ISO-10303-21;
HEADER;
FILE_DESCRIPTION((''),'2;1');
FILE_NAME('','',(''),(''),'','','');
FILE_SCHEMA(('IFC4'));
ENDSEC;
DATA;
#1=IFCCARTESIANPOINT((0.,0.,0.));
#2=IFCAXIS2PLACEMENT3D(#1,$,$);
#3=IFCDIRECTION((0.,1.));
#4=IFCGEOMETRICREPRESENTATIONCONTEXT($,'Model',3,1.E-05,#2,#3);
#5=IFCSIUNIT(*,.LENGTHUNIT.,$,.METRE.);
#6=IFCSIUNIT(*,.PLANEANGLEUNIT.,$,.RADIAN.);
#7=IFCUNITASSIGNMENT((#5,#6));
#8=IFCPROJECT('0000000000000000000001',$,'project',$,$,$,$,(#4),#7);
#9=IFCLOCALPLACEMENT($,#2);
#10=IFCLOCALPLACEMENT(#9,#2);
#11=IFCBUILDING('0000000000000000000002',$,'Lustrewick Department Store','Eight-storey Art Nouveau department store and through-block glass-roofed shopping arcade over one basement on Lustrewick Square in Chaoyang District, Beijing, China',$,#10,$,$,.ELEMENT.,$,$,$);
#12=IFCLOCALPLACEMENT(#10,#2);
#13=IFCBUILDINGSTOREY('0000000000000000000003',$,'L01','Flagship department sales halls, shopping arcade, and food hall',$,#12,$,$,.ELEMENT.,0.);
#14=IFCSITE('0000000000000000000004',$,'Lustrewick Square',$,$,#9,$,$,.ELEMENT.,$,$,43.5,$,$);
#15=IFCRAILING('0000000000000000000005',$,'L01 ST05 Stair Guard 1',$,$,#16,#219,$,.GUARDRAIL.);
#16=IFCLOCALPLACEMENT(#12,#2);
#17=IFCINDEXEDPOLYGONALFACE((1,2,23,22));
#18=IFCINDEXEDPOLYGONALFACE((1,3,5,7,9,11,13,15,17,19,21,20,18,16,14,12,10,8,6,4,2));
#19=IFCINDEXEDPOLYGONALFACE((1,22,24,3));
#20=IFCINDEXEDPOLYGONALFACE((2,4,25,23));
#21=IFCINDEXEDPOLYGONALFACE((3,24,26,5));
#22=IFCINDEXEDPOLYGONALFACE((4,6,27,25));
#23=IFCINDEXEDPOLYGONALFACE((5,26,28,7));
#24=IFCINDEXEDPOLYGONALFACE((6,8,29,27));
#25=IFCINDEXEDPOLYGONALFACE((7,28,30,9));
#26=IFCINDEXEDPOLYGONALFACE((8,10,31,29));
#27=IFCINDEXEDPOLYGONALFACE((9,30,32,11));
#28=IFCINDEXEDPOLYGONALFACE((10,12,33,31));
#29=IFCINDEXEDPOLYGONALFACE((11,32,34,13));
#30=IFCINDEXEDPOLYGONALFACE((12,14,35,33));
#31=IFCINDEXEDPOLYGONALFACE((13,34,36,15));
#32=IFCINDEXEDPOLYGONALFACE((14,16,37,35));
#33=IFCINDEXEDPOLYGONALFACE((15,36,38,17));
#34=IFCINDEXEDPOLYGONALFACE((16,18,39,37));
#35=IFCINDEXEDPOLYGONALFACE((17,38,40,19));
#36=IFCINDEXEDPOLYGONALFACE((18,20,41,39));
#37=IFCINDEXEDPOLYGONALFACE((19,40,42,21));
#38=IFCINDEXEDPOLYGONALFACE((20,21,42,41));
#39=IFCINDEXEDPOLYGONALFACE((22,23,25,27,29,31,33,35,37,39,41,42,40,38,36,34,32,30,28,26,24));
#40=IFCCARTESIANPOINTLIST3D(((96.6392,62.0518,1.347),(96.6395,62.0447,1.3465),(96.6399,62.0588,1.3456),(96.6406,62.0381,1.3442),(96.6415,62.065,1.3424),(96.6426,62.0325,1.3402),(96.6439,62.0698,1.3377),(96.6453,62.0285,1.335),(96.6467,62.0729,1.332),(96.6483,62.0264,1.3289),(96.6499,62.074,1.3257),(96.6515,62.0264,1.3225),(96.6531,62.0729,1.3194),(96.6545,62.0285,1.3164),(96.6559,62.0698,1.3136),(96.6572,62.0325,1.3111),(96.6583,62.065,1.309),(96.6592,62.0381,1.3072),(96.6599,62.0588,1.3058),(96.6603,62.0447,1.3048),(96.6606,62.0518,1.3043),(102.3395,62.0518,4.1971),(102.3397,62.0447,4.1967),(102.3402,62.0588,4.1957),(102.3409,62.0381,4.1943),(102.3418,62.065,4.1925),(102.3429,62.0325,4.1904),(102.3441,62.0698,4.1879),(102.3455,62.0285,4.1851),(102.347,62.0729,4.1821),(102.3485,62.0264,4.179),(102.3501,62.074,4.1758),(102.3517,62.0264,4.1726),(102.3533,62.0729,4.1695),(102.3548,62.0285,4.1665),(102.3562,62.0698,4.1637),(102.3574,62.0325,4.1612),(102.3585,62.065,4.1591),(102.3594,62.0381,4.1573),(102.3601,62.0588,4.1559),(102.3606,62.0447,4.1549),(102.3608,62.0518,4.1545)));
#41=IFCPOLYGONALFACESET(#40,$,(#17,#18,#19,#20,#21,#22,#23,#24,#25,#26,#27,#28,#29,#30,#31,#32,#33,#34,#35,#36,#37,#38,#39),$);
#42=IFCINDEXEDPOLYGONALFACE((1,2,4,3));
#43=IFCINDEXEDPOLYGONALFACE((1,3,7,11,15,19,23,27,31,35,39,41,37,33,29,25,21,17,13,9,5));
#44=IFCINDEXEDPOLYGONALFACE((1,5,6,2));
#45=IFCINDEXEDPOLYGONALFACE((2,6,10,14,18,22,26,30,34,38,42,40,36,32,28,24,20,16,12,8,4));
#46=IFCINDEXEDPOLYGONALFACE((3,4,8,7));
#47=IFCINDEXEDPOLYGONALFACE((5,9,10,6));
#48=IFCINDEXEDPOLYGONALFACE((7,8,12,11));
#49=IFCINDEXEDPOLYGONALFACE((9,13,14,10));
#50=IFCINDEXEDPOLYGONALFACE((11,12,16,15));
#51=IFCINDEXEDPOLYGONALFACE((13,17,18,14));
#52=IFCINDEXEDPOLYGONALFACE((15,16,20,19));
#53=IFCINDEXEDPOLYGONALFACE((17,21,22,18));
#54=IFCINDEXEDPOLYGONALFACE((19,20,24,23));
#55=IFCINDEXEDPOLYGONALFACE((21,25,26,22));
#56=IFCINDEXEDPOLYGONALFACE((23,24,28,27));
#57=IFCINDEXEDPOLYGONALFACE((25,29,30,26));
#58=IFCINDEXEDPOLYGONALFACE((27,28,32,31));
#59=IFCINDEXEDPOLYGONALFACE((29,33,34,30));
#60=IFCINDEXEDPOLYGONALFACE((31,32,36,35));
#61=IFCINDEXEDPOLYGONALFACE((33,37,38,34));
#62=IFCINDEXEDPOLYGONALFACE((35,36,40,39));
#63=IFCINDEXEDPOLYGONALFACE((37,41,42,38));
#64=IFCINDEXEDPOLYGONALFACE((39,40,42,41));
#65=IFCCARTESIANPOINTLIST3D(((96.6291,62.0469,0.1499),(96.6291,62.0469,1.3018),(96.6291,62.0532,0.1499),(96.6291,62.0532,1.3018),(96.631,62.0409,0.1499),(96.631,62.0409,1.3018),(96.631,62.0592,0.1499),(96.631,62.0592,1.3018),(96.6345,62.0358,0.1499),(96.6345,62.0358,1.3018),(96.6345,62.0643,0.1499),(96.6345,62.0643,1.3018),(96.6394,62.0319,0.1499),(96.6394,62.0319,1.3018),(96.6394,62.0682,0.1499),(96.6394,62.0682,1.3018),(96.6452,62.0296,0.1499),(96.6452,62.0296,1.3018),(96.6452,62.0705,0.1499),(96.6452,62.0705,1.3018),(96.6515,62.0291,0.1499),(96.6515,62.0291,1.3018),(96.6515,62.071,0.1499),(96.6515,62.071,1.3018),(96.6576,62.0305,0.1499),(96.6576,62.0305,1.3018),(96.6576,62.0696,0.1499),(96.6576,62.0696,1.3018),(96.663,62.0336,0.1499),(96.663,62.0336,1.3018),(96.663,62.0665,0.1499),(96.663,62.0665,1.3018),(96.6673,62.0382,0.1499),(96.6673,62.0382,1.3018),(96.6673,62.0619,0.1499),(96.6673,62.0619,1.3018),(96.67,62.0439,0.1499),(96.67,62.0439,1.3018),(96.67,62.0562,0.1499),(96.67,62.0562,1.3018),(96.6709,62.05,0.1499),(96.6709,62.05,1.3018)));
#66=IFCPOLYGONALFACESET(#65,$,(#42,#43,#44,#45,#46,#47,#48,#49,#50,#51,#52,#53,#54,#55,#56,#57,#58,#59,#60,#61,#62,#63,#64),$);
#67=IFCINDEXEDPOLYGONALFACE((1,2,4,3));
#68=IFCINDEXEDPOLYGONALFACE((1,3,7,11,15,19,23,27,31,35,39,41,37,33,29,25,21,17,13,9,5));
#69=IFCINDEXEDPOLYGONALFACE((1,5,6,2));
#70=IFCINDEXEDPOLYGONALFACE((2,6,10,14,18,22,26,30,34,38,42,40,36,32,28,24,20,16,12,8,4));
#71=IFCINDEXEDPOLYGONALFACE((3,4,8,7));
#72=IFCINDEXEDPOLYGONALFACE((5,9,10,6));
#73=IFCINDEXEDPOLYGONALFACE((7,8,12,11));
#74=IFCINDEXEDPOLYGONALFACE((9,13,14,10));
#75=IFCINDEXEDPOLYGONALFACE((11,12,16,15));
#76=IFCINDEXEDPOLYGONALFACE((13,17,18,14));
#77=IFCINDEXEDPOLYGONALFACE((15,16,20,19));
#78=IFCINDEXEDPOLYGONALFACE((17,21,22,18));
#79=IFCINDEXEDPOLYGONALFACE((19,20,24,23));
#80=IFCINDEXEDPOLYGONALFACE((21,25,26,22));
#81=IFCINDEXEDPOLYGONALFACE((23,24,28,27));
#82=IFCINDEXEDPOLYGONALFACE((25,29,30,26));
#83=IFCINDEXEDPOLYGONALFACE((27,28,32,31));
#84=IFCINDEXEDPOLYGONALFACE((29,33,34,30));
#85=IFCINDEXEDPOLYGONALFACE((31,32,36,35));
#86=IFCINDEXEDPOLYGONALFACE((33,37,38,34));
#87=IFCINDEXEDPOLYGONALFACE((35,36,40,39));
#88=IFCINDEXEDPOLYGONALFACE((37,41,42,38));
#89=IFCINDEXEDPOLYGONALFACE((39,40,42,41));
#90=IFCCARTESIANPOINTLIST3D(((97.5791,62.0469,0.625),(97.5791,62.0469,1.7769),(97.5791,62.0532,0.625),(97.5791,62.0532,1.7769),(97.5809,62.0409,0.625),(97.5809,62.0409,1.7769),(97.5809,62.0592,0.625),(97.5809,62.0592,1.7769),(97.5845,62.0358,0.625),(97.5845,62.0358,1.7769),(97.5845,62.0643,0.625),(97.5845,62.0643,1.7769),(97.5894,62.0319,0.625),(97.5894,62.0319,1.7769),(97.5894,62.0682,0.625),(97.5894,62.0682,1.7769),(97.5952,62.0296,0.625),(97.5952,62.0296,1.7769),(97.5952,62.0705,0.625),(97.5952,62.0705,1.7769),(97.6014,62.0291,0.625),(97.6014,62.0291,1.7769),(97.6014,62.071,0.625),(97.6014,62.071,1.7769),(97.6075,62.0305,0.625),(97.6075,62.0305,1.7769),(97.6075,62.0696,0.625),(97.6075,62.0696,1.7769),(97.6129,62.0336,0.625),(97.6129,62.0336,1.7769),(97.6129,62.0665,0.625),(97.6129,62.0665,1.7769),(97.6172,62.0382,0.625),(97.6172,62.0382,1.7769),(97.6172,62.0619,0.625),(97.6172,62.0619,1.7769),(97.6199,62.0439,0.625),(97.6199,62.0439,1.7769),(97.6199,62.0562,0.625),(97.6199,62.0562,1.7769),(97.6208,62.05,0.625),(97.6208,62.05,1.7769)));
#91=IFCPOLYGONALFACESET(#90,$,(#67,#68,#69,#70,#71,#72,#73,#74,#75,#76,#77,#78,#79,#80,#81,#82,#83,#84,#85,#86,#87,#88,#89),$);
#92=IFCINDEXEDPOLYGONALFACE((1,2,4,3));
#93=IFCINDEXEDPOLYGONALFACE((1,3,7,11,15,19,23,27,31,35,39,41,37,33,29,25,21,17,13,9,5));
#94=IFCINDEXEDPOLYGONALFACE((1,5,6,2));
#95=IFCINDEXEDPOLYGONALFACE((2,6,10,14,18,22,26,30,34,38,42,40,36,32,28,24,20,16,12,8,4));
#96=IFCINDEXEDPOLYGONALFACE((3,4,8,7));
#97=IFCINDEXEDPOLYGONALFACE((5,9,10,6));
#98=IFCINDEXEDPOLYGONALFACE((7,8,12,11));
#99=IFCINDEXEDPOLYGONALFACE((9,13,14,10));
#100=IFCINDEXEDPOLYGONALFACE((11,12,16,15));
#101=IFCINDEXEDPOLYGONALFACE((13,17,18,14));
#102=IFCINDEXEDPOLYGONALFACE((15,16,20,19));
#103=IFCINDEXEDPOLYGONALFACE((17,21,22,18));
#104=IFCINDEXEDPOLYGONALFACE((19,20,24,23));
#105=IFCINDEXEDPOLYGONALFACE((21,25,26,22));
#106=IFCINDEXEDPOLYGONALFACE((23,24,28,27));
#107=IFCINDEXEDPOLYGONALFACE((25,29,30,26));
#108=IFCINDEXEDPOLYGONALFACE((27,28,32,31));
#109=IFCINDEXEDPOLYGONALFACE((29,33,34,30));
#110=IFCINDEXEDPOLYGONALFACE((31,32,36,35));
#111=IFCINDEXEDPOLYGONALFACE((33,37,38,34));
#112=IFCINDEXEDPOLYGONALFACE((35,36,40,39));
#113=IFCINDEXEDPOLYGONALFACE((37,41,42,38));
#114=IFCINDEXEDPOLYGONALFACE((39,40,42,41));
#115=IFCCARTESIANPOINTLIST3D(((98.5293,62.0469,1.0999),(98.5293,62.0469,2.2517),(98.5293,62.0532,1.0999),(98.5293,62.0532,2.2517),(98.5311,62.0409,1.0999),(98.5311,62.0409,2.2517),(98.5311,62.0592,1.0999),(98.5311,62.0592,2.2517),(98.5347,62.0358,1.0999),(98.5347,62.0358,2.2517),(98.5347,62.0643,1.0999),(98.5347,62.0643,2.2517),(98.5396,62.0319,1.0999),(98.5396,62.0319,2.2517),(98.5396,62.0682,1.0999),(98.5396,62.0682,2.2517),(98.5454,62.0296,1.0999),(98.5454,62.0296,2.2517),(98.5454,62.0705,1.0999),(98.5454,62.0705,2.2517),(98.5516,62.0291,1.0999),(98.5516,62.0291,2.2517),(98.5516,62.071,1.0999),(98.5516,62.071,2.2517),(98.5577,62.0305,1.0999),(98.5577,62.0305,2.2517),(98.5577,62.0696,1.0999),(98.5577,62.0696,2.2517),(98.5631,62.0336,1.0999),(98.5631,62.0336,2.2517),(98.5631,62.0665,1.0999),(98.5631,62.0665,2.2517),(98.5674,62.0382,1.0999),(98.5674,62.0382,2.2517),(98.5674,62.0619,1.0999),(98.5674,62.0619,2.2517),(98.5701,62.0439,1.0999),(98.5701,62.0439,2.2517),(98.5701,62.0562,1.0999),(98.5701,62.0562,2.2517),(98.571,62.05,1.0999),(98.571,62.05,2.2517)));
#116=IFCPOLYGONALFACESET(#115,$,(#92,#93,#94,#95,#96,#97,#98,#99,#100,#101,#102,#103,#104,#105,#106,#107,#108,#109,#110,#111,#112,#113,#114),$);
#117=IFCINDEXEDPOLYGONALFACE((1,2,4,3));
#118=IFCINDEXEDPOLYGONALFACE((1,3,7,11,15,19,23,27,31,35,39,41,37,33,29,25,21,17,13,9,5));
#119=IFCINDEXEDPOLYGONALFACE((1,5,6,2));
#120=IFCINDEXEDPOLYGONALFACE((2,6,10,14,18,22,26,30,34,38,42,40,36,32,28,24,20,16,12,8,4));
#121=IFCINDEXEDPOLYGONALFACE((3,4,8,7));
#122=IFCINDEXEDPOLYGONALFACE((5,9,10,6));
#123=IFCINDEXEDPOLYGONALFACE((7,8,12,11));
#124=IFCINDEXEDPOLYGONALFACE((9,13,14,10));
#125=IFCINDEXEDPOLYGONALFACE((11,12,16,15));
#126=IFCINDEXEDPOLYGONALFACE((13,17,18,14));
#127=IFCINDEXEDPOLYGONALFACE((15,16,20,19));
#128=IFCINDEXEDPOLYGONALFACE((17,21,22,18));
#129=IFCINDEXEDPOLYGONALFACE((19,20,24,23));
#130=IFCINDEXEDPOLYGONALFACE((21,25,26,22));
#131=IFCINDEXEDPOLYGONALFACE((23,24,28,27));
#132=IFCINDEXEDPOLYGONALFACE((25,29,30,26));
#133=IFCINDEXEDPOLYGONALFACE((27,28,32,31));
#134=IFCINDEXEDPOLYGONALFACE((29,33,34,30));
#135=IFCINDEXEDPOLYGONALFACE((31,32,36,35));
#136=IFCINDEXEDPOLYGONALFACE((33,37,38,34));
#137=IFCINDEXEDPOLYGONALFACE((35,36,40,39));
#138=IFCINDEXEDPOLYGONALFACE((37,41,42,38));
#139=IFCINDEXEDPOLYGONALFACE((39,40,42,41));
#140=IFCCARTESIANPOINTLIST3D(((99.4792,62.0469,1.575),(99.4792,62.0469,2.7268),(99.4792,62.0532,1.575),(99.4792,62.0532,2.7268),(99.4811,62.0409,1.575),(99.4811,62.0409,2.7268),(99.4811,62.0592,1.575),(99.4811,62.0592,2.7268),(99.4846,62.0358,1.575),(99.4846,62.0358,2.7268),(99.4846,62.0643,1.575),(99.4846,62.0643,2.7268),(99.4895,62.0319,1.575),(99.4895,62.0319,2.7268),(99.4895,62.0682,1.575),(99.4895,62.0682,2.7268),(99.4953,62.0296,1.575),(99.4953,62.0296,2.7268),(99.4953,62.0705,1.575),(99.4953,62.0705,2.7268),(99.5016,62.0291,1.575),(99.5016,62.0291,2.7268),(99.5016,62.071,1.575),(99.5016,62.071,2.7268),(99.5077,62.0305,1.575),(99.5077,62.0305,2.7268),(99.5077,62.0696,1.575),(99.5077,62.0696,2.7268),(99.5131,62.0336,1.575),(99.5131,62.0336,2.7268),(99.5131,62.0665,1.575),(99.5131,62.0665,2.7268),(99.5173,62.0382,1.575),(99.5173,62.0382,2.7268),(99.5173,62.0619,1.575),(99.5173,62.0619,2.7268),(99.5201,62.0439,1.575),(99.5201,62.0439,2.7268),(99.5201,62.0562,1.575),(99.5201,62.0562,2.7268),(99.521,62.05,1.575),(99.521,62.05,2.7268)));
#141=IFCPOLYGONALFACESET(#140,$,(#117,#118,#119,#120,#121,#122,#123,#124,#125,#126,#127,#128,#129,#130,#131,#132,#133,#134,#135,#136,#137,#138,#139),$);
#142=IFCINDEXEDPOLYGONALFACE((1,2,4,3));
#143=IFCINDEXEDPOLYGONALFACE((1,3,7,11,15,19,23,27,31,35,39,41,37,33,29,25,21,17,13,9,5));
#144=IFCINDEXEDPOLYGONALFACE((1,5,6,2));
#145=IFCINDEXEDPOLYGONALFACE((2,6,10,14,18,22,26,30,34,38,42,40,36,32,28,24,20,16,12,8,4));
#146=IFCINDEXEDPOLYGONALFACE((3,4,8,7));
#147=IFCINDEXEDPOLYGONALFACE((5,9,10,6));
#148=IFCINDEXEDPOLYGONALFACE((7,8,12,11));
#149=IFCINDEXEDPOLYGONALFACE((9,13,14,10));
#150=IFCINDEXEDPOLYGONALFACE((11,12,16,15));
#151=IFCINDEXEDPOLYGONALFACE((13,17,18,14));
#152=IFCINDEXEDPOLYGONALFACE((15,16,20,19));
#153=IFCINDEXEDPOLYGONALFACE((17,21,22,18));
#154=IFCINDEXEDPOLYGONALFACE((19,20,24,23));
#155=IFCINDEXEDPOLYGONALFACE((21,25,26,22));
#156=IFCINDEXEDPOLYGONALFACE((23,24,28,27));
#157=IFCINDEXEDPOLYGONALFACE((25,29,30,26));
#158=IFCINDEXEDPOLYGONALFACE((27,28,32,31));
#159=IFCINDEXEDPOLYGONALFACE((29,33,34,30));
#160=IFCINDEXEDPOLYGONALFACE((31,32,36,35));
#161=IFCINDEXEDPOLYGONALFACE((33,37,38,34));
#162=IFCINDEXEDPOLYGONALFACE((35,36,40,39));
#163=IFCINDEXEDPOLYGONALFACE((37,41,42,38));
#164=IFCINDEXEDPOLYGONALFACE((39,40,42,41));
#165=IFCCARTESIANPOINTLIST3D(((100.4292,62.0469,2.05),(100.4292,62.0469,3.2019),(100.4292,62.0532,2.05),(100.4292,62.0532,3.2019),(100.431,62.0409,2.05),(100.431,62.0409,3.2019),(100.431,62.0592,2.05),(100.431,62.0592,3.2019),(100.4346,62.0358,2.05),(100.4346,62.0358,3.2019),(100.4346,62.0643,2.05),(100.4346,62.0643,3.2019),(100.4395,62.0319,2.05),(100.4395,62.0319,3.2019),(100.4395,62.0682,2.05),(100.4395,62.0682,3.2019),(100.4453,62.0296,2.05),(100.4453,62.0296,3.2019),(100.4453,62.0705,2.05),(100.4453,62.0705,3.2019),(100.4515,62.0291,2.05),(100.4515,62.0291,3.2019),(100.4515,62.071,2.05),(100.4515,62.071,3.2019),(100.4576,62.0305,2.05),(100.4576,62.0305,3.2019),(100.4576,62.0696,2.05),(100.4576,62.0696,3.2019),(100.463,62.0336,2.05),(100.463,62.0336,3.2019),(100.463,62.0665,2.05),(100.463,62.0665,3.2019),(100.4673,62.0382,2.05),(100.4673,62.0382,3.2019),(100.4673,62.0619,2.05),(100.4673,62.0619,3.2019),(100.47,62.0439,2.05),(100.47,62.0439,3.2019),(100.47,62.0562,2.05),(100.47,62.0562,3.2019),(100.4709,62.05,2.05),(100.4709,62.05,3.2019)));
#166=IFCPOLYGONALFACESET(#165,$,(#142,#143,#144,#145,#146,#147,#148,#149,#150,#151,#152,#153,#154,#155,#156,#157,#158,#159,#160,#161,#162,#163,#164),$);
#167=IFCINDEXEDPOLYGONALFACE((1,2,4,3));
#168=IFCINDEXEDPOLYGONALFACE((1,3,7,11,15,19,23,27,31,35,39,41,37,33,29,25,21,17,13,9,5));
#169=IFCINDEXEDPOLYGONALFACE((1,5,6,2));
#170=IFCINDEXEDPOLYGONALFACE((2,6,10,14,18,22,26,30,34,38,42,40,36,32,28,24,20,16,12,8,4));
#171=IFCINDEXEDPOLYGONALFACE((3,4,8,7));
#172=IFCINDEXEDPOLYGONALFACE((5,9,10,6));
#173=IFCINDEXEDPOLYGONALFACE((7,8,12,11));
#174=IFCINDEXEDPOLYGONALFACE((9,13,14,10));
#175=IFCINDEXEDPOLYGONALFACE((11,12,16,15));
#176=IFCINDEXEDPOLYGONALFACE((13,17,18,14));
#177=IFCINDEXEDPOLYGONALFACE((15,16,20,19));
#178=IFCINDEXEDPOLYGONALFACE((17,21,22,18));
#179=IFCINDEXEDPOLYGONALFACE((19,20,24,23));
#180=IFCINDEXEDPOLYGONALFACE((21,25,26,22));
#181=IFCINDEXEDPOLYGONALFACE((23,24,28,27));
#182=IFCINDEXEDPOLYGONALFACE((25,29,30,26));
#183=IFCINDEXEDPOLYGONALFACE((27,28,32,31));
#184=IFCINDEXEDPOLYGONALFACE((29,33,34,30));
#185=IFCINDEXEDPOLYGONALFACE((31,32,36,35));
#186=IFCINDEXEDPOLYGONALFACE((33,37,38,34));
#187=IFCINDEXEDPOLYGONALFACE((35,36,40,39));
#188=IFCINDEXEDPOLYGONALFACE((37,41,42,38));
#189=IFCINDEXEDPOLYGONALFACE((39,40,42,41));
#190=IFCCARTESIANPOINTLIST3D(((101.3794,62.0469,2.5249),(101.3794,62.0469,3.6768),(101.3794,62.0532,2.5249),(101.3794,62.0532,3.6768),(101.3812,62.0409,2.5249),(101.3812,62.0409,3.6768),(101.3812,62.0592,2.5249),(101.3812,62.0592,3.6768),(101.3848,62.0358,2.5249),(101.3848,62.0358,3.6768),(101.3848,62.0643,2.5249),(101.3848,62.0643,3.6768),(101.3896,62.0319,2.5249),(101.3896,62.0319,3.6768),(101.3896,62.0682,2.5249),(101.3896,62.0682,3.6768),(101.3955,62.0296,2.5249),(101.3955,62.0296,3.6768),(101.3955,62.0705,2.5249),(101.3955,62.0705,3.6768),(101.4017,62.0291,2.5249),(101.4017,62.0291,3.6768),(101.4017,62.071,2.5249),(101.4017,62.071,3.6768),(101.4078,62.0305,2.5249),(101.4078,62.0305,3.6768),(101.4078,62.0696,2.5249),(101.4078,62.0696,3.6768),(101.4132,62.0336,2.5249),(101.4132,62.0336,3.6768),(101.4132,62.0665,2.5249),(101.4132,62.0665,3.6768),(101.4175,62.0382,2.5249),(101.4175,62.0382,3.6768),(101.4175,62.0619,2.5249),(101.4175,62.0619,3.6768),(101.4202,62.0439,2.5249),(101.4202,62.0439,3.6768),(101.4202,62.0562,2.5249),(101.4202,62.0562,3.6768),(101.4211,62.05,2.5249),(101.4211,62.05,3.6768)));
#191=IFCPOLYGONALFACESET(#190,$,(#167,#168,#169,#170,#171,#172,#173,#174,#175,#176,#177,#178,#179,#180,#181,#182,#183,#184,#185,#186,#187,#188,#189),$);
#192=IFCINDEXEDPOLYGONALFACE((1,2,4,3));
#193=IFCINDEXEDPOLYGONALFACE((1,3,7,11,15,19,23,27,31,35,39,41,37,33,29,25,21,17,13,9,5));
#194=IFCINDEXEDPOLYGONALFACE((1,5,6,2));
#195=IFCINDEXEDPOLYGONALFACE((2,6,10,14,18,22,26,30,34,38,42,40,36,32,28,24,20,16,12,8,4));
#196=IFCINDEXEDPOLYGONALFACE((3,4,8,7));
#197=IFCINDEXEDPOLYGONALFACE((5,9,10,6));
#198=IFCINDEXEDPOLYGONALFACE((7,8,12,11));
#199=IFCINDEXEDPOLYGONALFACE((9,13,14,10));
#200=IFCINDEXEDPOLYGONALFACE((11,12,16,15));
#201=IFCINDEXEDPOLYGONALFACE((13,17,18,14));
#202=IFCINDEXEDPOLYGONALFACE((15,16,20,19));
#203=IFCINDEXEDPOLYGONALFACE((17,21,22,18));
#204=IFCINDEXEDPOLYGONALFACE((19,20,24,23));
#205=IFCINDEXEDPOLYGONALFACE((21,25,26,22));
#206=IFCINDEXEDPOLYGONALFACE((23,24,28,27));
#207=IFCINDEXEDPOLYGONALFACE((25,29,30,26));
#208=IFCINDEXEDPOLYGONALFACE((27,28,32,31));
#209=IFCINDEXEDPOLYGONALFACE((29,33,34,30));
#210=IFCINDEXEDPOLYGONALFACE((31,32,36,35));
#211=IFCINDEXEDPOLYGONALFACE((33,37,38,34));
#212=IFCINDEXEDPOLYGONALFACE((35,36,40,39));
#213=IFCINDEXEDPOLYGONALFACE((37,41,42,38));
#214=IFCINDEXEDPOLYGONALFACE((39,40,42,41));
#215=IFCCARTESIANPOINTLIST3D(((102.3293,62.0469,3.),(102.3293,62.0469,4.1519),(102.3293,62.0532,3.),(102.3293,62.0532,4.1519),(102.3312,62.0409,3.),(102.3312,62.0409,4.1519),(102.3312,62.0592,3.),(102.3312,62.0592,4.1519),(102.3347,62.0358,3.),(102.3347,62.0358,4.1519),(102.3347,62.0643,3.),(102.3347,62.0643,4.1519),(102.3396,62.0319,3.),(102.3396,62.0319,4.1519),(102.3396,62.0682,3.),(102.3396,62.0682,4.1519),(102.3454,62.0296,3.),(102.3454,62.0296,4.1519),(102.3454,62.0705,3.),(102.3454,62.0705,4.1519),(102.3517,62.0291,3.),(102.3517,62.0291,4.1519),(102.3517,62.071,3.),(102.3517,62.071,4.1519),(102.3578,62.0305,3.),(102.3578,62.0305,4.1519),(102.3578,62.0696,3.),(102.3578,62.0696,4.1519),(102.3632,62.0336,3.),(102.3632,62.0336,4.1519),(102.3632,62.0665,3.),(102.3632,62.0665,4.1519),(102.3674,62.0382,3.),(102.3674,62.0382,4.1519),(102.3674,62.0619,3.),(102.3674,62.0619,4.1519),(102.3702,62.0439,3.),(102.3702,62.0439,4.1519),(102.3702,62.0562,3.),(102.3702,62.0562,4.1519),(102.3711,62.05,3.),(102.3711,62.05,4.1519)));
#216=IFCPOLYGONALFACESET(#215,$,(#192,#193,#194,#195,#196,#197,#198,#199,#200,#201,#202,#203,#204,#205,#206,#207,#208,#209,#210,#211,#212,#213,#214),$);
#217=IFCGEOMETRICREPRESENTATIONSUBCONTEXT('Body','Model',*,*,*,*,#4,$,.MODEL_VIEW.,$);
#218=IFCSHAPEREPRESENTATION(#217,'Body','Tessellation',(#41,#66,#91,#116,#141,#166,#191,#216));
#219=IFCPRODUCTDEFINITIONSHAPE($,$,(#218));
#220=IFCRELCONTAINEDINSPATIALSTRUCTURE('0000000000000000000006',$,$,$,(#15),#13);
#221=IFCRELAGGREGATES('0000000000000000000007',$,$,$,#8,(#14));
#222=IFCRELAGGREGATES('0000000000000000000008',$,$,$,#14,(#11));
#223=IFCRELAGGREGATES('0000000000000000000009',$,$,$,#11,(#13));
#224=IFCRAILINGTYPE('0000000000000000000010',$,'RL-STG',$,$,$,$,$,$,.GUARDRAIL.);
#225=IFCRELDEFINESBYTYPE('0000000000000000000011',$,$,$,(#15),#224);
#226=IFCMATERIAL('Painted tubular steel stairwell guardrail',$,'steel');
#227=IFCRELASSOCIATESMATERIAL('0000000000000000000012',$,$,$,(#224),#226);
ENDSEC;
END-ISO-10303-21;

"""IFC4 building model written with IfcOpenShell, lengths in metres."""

from ifc_helpers import new_model, si_unit, direction, frame, origin, origin_2d, place, context, subcontext, project, spatial, circle, extrude, material, type_object, element, save


model = new_model("IFC4")

# Units and contexts
model_context = context("Model", 3, precision=1e-05, world=origin(), true_north=direction((0.0, 1.0)))
body_context = subcontext(model_context, "Body", "Model", "MODEL_VIEW")
ifc_project = project(units=[si_unit("LENGTHUNIT", "METRE"), si_unit("PLANEANGLEUNIT", "RADIAN")], contexts=[model_context])

# Site, building, storey
site_placement = place(None, origin())
site = spatial("IfcSite", under=ifc_project, at=site_placement, Name="Lustrewick Square", CompositionType="ELEMENT", RefElevation=43.5)
building_placement = place(site_placement, origin())
building = spatial("IfcBuilding", under=site, at=building_placement, Name="Lustrewick Department Store", Description="Eight-storey Art Nouveau department store and through-block glass-roofed shopping arcade over one basement on Lustrewick Square in Chaoyang District, Beijing, China", CompositionType="ELEMENT")
storey_placement = place(building_placement, origin())
storey = spatial("IfcBuildingStorey", under=building, at=storey_placement, Name="L01", Description="Flagship department sales halls, shopping arcade, and food hall", CompositionType="ELEMENT", Elevation=0.0)

# Railing
ifc_material_1 = material(Name="Painted tubular steel stairwell guardrail", Category="steel")
railing_type_1 = type_object("IfcRailingType", Name="RL-STG", PredefinedType="GUARDRAIL", material=ifc_material_1)
railing_1_placement = place(storey_placement, frame((96.6499, 62.05, 0.1499)))
element("IfcRailing", 1, at=railing_1_placement, inside=storey, type_object=railing_type_1, Name="L01 ST05 Stair Guard 1", PredefinedType="GUARDRAIL", context=body_context, shape_type="SweptSolid", body=[
    extrude(circle(Radius=0.0239, at=origin_2d()), frame((0.0, 0.0, 1.1758), z_axis=(0.894427, 0.0, 0.447214), x_axis=(0.0, 1.0, 0.0)), (0.0, 0.0, 1.0), 6.373),
    extrude(circle(Radius=0.021, at=origin_2d()), origin(), (0.0, 0.0, 1.0), 1.1519),
    extrude(circle(Radius=0.021, at=origin_2d()), frame((0.95, 0.0, 0.4751)), (0.0, 0.0, 1.0), 1.1519),
    extrude(circle(Radius=0.021, at=origin_2d()), frame((1.9001, 0.0, 0.95)), (0.0, 0.0, 1.0), 1.1519),
    extrude(circle(Radius=0.021, at=origin_2d()), frame((2.8501, 0.0, 1.425)), (0.0, 0.0, 1.0), 1.1519),
    extrude(circle(Radius=0.021, at=origin_2d()), frame((3.8, 0.0, 1.9001)), (0.0, 0.0, 1.0), 1.1519),
    extrude(circle(Radius=0.021, at=origin_2d()), frame((4.7502, 0.0, 2.375)), (0.0, 0.0, 1.0), 1.1519),
    extrude(circle(Radius=0.021, at=origin_2d()), frame((5.7002, 0.0, 2.8501)), (0.0, 0.0, 1.0), 1.1519),
])

save(model, "model.ifc")
